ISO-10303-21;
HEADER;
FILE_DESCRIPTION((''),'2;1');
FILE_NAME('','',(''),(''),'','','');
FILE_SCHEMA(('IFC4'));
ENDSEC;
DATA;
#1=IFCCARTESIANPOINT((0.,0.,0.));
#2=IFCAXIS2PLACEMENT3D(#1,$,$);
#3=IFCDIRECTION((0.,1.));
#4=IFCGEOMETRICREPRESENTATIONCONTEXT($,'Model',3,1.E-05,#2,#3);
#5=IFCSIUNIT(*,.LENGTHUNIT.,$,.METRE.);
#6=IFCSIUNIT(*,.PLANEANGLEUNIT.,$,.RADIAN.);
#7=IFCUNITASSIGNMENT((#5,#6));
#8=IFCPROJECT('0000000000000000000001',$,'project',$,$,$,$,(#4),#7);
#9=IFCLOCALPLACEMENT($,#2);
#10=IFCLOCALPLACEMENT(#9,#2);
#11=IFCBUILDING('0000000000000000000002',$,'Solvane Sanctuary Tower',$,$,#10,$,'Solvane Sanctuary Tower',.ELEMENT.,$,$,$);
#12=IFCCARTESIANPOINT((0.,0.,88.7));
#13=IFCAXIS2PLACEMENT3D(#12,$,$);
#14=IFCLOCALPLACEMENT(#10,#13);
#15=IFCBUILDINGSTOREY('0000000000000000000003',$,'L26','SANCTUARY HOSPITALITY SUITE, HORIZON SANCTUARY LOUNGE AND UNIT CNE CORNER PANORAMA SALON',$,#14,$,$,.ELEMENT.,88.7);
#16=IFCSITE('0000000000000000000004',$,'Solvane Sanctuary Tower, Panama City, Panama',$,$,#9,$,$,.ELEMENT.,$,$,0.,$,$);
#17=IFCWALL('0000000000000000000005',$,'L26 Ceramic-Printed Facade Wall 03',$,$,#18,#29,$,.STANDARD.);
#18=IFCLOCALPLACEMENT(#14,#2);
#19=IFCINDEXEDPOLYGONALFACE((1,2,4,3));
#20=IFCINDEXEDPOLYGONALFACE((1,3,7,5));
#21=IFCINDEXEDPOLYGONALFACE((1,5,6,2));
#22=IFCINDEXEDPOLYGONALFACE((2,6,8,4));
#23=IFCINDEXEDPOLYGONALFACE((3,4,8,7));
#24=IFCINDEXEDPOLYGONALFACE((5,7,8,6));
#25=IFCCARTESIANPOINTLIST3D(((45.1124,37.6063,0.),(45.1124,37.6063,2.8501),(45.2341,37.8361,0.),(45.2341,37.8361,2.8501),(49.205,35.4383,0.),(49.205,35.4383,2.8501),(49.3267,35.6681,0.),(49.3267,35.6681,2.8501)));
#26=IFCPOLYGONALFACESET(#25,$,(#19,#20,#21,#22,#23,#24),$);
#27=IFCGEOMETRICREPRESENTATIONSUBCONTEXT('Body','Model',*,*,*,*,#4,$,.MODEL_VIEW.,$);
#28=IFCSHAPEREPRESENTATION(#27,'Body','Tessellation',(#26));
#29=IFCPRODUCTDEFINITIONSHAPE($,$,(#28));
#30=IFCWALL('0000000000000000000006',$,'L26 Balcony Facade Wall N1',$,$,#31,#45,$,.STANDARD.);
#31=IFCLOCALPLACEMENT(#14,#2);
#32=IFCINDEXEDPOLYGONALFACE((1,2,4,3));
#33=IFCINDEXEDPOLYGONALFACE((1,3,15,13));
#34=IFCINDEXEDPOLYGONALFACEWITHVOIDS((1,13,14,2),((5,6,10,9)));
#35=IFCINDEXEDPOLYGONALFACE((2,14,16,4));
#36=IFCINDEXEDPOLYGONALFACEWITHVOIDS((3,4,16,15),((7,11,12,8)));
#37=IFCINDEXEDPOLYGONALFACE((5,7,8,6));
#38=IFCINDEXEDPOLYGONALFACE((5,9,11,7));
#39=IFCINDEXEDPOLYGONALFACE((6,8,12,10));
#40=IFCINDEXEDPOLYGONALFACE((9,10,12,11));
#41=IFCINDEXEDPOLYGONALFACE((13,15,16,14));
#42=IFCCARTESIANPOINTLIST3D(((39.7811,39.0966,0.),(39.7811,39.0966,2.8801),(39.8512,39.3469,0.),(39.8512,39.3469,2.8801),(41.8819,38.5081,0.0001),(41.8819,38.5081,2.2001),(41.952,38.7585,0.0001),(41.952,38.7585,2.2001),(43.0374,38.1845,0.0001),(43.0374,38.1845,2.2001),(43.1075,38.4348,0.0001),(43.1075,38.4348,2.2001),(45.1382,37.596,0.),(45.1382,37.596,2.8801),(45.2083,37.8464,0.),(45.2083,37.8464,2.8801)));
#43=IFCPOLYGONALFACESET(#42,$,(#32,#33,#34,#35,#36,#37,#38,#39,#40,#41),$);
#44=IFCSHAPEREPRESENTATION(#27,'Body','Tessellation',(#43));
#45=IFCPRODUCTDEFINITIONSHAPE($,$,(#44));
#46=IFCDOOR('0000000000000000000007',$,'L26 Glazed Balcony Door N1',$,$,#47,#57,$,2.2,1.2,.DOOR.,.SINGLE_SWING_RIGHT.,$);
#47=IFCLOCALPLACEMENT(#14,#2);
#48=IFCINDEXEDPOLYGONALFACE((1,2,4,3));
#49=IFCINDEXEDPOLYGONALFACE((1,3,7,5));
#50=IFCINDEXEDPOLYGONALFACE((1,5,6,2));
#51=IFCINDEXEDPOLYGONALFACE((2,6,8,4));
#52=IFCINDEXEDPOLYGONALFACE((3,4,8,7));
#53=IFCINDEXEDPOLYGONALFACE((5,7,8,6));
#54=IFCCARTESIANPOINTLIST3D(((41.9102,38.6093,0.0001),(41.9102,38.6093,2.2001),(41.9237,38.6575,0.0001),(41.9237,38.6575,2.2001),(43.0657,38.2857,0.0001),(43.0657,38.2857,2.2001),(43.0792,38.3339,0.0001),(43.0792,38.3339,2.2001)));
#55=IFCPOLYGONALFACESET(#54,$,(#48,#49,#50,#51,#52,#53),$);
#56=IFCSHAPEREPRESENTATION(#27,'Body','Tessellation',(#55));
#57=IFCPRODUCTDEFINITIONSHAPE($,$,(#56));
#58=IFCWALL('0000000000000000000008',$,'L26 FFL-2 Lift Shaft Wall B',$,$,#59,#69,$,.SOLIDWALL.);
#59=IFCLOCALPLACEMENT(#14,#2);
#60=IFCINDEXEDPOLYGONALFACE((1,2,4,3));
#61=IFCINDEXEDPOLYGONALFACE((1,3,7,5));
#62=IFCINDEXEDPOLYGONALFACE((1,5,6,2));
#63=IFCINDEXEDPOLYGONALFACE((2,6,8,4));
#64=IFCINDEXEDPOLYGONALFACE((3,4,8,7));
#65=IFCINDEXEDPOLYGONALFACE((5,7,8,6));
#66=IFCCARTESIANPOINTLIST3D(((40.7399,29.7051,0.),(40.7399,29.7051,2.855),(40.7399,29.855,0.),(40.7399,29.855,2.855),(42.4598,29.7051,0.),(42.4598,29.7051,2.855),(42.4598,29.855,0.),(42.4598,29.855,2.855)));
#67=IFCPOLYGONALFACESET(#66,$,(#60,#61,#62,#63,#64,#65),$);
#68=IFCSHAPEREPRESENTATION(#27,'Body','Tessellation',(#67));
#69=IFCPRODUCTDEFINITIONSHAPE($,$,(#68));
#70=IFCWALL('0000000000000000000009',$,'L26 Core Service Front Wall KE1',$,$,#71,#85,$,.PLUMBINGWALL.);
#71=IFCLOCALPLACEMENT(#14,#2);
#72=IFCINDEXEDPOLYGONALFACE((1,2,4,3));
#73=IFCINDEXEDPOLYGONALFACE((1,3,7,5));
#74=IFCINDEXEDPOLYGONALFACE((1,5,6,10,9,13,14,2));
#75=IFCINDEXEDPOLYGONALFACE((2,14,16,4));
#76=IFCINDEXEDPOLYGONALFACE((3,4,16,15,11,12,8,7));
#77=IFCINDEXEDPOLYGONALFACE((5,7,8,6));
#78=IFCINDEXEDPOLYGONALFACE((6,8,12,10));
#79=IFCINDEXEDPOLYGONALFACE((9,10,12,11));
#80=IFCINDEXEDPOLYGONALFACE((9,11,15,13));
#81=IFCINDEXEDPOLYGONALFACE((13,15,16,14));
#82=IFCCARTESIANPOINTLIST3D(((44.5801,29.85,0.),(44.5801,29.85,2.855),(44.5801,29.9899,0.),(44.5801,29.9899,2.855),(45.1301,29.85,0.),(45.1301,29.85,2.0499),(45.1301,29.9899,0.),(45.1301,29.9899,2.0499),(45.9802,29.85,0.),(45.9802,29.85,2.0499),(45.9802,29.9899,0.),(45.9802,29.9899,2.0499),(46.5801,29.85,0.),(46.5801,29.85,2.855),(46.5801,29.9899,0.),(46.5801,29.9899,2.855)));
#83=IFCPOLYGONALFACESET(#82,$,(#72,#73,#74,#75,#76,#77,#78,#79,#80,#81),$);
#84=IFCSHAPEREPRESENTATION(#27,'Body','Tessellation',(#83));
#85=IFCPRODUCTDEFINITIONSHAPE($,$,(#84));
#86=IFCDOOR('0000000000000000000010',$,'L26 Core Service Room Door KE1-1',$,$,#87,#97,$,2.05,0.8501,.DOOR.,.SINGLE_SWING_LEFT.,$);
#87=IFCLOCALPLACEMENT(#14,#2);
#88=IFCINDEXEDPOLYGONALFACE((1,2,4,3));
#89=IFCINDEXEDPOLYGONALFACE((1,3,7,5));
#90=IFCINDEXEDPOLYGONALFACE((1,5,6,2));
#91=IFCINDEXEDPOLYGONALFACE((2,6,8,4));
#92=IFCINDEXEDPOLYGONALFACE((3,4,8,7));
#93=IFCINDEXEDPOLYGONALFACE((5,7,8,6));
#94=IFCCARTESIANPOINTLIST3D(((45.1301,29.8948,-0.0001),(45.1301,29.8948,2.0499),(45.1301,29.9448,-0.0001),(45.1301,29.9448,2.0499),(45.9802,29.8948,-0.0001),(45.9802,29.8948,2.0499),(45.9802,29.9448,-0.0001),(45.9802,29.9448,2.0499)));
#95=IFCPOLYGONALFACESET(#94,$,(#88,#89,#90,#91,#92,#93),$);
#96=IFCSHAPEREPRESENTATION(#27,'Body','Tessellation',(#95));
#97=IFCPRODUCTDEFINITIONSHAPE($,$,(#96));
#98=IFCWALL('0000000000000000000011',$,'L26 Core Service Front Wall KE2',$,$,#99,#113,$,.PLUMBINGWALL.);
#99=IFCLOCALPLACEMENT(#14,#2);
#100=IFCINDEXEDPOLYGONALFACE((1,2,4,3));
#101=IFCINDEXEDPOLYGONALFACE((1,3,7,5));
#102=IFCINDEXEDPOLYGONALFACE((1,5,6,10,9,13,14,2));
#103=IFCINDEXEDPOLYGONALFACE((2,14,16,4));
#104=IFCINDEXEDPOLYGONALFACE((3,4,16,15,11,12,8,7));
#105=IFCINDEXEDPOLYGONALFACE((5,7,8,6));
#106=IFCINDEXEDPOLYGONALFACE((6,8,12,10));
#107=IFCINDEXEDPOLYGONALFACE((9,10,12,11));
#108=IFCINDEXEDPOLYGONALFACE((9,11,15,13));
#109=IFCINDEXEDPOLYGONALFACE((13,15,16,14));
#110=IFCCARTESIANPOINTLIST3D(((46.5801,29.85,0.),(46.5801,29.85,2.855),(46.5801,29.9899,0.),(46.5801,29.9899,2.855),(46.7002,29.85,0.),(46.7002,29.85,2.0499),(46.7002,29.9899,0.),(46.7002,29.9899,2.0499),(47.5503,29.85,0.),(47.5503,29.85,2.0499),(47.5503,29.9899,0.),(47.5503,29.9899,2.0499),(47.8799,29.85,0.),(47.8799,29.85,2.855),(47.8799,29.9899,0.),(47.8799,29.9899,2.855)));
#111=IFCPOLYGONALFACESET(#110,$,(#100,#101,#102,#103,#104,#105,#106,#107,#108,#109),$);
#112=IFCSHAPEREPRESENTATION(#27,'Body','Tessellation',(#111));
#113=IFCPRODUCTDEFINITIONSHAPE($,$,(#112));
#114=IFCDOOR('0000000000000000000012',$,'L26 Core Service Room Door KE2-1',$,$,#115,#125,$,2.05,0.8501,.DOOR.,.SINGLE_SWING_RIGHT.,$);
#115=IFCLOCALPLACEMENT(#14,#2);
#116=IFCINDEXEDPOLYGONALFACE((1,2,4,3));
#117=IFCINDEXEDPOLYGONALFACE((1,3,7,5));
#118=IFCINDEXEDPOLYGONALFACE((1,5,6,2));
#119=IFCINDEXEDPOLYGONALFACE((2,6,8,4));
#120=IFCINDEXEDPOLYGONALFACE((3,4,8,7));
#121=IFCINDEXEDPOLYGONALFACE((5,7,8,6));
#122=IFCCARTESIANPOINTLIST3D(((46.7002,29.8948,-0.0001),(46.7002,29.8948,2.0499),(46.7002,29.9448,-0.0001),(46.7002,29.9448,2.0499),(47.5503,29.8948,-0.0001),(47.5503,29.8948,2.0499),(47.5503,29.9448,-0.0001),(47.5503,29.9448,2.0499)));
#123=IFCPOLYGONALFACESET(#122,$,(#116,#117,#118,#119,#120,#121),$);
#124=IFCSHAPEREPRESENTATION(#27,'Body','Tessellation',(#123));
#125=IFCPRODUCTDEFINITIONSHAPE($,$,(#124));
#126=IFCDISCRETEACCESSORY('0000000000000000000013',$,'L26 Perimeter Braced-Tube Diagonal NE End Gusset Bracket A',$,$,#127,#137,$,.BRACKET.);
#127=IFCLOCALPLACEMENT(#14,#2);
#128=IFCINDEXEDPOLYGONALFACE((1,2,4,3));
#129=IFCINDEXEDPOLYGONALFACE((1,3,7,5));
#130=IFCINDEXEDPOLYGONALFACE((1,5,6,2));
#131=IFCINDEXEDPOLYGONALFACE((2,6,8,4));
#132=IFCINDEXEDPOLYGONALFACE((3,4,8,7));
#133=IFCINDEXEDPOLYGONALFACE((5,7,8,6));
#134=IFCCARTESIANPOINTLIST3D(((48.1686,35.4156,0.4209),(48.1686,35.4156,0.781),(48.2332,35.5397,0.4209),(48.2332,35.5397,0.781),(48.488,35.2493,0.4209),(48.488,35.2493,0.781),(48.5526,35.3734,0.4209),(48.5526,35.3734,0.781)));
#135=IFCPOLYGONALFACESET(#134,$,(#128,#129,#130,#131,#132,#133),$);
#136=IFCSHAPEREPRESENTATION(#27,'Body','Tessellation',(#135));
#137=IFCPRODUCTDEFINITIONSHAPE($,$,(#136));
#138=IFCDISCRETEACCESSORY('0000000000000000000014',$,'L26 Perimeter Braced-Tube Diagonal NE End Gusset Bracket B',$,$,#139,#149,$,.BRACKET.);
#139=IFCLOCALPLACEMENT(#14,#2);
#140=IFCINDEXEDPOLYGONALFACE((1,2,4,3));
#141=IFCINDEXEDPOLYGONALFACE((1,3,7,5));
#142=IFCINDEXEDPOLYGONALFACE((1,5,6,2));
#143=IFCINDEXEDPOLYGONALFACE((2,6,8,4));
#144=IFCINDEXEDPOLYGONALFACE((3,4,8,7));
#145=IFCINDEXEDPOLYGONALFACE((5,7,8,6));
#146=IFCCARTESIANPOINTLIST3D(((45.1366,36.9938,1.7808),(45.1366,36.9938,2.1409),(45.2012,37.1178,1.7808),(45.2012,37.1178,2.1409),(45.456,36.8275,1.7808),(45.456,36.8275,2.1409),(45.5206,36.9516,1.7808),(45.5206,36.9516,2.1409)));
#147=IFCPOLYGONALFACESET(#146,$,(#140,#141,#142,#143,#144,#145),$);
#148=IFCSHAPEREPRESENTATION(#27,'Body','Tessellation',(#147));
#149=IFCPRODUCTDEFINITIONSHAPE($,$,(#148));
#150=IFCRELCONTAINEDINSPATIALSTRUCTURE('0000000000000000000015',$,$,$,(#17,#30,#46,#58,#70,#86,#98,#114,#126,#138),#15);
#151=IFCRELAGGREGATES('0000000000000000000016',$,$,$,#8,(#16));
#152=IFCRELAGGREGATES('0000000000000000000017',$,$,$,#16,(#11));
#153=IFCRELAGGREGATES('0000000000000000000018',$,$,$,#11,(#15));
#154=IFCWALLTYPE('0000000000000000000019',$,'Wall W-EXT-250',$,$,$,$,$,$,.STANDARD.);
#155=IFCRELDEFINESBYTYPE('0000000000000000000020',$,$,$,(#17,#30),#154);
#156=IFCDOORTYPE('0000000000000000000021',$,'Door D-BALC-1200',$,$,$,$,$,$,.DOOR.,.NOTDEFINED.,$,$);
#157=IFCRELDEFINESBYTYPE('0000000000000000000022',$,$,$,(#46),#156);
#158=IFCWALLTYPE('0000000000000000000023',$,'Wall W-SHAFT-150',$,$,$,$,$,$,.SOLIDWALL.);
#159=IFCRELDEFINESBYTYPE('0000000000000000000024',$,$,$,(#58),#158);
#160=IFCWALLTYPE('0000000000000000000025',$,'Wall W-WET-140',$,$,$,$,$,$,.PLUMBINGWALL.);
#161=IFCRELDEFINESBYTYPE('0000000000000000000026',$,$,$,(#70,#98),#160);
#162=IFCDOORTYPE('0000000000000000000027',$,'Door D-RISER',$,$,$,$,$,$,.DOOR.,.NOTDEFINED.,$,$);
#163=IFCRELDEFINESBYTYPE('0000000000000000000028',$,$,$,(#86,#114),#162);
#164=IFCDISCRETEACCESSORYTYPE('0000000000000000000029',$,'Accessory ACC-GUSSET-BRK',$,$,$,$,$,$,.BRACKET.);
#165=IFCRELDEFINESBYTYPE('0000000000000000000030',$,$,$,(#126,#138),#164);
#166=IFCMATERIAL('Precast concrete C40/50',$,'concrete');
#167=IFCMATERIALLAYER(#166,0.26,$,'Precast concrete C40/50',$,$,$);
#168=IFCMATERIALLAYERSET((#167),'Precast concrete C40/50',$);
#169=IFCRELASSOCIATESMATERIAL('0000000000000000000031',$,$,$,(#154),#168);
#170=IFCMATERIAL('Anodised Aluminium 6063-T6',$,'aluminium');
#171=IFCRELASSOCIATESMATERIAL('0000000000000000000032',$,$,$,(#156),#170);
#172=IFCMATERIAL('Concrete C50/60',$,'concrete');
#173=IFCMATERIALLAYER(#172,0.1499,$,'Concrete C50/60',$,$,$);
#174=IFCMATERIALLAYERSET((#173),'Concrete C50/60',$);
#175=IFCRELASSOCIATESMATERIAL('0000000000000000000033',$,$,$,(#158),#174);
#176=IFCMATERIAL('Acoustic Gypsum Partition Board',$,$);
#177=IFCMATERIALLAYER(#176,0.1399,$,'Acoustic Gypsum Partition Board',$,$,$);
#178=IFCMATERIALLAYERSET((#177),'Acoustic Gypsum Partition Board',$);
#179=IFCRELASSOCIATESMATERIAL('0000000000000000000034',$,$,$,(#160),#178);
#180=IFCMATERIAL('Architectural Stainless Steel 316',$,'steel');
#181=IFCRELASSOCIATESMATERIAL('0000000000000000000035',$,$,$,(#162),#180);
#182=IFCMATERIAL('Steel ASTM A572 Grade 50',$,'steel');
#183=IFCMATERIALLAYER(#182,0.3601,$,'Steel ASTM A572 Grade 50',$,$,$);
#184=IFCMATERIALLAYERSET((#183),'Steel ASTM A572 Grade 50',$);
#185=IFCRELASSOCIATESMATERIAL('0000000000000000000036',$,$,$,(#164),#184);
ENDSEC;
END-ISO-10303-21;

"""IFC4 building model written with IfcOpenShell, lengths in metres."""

from ifc_helpers import new_model, si_unit, direction, frame, frame_2d, origin, origin_2d, place, context, subcontext, project, spatial, rectangle, extrude, material, layer, layer_set, type_object, element, fill, save


model = new_model("IFC4")

# Units and contexts
model_context = context("Model", 3, precision=1e-05, world=origin(), true_north=direction((0.0, 1.0)))
body_context = subcontext(model_context, "Body", "Model", "MODEL_VIEW")
ifc_project = project(units=[si_unit("LENGTHUNIT", "METRE"), si_unit("PLANEANGLEUNIT", "RADIAN")], contexts=[model_context])

# Site, building, storey
site_placement = place(None, origin())
site = spatial("IfcSite", under=ifc_project, at=site_placement, Name="Solvane Sanctuary Tower, Panama City, Panama", CompositionType="ELEMENT", RefElevation=0.0)
building_placement = place(site_placement, origin())
building = spatial("IfcBuilding", under=site, at=building_placement, Name="Solvane Sanctuary Tower", LongName="Solvane Sanctuary Tower", CompositionType="ELEMENT")
storey_placement = place(building_placement, frame((0.0, 0.0, 88.7)))
storey = spatial("IfcBuildingStorey", under=building, at=storey_placement, Name="L26", Description="SANCTUARY HOSPITALITY SUITE, HORIZON SANCTUARY LOUNGE AND UNIT CNE CORNER PANORAMA SALON", CompositionType="ELEMENT", Elevation=88.7)

# Shared definitions
ifc_material_1 = material(Name="Anodised Aluminium 6063-T6", Category="aluminium")

# Shared definitions
ifc_material_2 = material(Name="Acoustic Gypsum Partition Board")

# Shared definitions
ifc_material_3 = material(Name="Precast concrete C40/50", Category="concrete")
ifc_layer_1 = layer(ifc_material_3, 0.26, Name="Precast concrete C40/50")
ifc_layer_set_1 = layer_set([ifc_layer_1], Name="Precast concrete C40/50")
wall_type_1 = type_object("IfcWallType", Name="Wall W-EXT-250", PredefinedType="STANDARD", material=ifc_layer_set_1)

# Wall
wall_1_placement = place(storey_placement, frame((49.2659, 35.5532, 0.0), z_axis=(0.0, 0.0, 1.0), x_axis=(-0.883669, 0.468113, 0.0)))
element("IfcWall", 1, at=wall_1_placement, inside=storey, type_object=wall_type_1, Name="L26 Ceramic-Printed Facade Wall 03", PredefinedType="STANDARD", context=body_context, shape_type="SweptSolid", body=[
    extrude(rectangle(XDim=4.6313, YDim=0.26, at=frame_2d((2.3157, 0.0))), origin(), (0.0, 0.0, 1.0), 2.8501),
])

# Wall, opening, door
wall_2_placement = place(storey_placement, frame((45.1733, 37.7212, 0.0), z_axis=(0.0, 0.0, 1.0), x_axis=(-0.962938, 0.269721, 0.0)))
wall_2 = element("IfcWall", 2, at=wall_2_placement, inside=storey, type_object=wall_type_1, Name="L26 Balcony Facade Wall N1", PredefinedType="STANDARD", context=body_context, shape_type="SweptSolid", body=[
    extrude(rectangle(XDim=5.5632, YDim=0.26, at=frame_2d((2.7817, 0.0))), origin(), (0.0, 0.0, 1.0), 2.8801),
])
opening_1_placement = place(wall_2_placement, frame((2.1816, 0.0, 0.0)))
opening_1 = element("IfcOpeningElement", 3, at=opening_1_placement, cuts=wall_2, PredefinedType="OPENING", context=body_context, shape_type="SweptSolid", body=[
    extrude(rectangle(XDim=1.2, YDim=2.2, at=frame_2d((0.6001, 1.1001))), frame((0.0, 0.1399, 0.0), z_axis=(0.0, -1.0, 0.0), x_axis=(1.0, 0.0, 0.0)), (0.0, 0.0, 1.0), 0.28),
])
door_type_1 = type_object("IfcDoorType", Name="Door D-BALC-1200", OperationType="NOTDEFINED", PredefinedType="DOOR", material=ifc_material_1)
door_1_placement = place(opening_1_placement, origin())
door_1 = element("IfcDoor", 4, at=door_1_placement, inside=storey, type_object=door_type_1, Name="L26 Glazed Balcony Door N1", OperationType="SINGLE_SWING_RIGHT", OverallHeight=2.2, OverallWidth=1.2, PredefinedType="DOOR", context=body_context, shape_type="SweptSolid", body=[
    extrude(rectangle(XDim=1.2, YDim=2.2, at=frame_2d((0.6001, 1.1001))), frame((0.0, 0.0249, 0.0), z_axis=(0.0, -1.0, 0.0), x_axis=(1.0, 0.0, 0.0)), (0.0, 0.0, 1.0), 0.05),
])
fill(opening_1, door_1)

# Wall
ifc_material_4 = material(Name="Concrete C50/60", Category="concrete")
ifc_layer_2 = layer(ifc_material_4, 0.1499, Name="Concrete C50/60")
ifc_layer_set_2 = layer_set([ifc_layer_2], Name="Concrete C50/60")
wall_type_2 = type_object("IfcWallType", Name="Wall W-SHAFT-150", PredefinedType="SOLIDWALL", material=ifc_layer_set_2)
wall_3_placement = place(storey_placement, frame((40.74, 29.78, 0.0), z_axis=(0.0, 0.0, 1.0), x_axis=(1.0, 0.0, 0.0)))
element("IfcWall", 5, at=wall_3_placement, inside=storey, type_object=wall_type_2, Name="L26 FFL-2 Lift Shaft Wall B", PredefinedType="SOLIDWALL", context=body_context, shape_type="SweptSolid", body=[
    extrude(rectangle(XDim=1.72, YDim=0.1499, at=frame_2d((0.8599, 0.0))), origin(), (0.0, 0.0, 1.0), 2.855),
])

# Walls, openings, doors
ifc_layer_3 = layer(ifc_material_2, 0.1399, Name="Acoustic Gypsum Partition Board")
ifc_layer_set_3 = layer_set([ifc_layer_3], Name="Acoustic Gypsum Partition Board")
wall_type_3 = type_object("IfcWallType", Name="Wall W-WET-140", PredefinedType="PLUMBINGWALL", material=ifc_layer_set_3)
wall_4_placement = place(storey_placement, frame((44.5801, 29.9199, 0.0), z_axis=(0.0, 0.0, 1.0), x_axis=(1.0, 0.0, 0.0)))
wall_4 = element("IfcWall", 6, at=wall_4_placement, inside=storey, type_object=wall_type_3, Name="L26 Core Service Front Wall KE1", PredefinedType="PLUMBINGWALL", context=body_context, shape_type="SweptSolid", body=[
    extrude(rectangle(XDim=2.0, YDim=0.1399, at=frame_2d((1.0, 0.0))), origin(), (0.0, 0.0, 1.0), 2.855),
])
opening_2_placement = place(wall_4_placement, frame((0.55, 0.0, 0.0)))
opening_2 = element("IfcOpeningElement", 7, at=opening_2_placement, cuts=wall_4, PredefinedType="OPENING", context=body_context, shape_type="SweptSolid", body=[
    extrude(rectangle(XDim=0.8501, YDim=2.05, at=frame_2d((0.425, 1.0249))), frame((0.0, 0.0798, 0.0), z_axis=(0.0, -1.0, 0.0), x_axis=(1.0, 0.0, 0.0)), (0.0, 0.0, 1.0), 0.1599),
])
ifc_material_5 = material(Name="Architectural Stainless Steel 316", Category="steel")
door_type_2 = type_object("IfcDoorType", Name="Door D-RISER", OperationType="NOTDEFINED", PredefinedType="DOOR", material=ifc_material_5)
door_2_placement = place(opening_2_placement, origin())
door_2 = element("IfcDoor", 8, at=door_2_placement, inside=storey, type_object=door_type_2, Name="L26 Core Service Room Door KE1-1", OperationType="SINGLE_SWING_LEFT", OverallHeight=2.05, OverallWidth=0.8501, PredefinedType="DOOR", context=body_context, shape_type="SweptSolid", body=[
    extrude(rectangle(XDim=0.8501, YDim=2.05, at=frame_2d((0.425, 1.0249))), frame((0.0, 0.0249, 0.0), z_axis=(0.0, -1.0, 0.0), x_axis=(1.0, 0.0, 0.0)), (0.0, 0.0, 1.0), 0.05),
])
fill(opening_2, door_2)
wall_5_placement = place(storey_placement, frame((46.5801, 29.9199, 0.0), z_axis=(0.0, 0.0, 1.0), x_axis=(1.0, 0.0, 0.0)))
wall_5 = element("IfcWall", 9, at=wall_5_placement, inside=storey, type_object=wall_type_3, Name="L26 Core Service Front Wall KE2", PredefinedType="PLUMBINGWALL", context=body_context, shape_type="SweptSolid", body=[
    extrude(rectangle(XDim=1.2998, YDim=0.1399, at=frame_2d((0.6499, 0.0))), origin(), (0.0, 0.0, 1.0), 2.855),
])
opening_3_placement = place(wall_5_placement, frame((0.1201, 0.0, 0.0)))
opening_3 = element("IfcOpeningElement", 10, at=opening_3_placement, cuts=wall_5, PredefinedType="OPENING", context=body_context, shape_type="SweptSolid", body=[
    extrude(rectangle(XDim=0.8501, YDim=2.05, at=frame_2d((0.425, 1.0249))), frame((0.0, 0.0798, 0.0), z_axis=(0.0, -1.0, 0.0), x_axis=(1.0, 0.0, 0.0)), (0.0, 0.0, 1.0), 0.1599),
])
door_3_placement = place(opening_3_placement, origin())
door_3 = element("IfcDoor", 11, at=door_3_placement, inside=storey, type_object=door_type_2, Name="L26 Core Service Room Door KE2-1", OperationType="SINGLE_SWING_RIGHT", OverallHeight=2.05, OverallWidth=0.8501, PredefinedType="DOOR", context=body_context, shape_type="SweptSolid", body=[
    extrude(rectangle(XDim=0.8501, YDim=2.05, at=frame_2d((0.425, 1.0249))), frame((0.0, 0.0249, 0.0), z_axis=(0.0, -1.0, 0.0), x_axis=(1.0, 0.0, 0.0)), (0.0, 0.0, 1.0), 0.05),
])
fill(opening_3, door_3)

# Discrete accessories
ifc_material_6 = material(Name="Steel ASTM A572 Grade 50", Category="steel")
ifc_layer_4 = layer(ifc_material_6, 0.3601, Name="Steel ASTM A572 Grade 50")
ifc_layer_set_4 = layer_set([ifc_layer_4], Name="Steel ASTM A572 Grade 50")
discrete_accessory_type = type_object("IfcDiscreteAccessoryType", Name="Accessory ACC-GUSSET-BRK", PredefinedType="BRACKET", material=ifc_layer_set_4)
for number, where, z_axis, x_axis, name in (
    (12, (48.3606, 35.3945, 0.4209), (0.0, 0.0, 1.0), (-0.887011, 0.461749, 0.0), "L26 Perimeter Braced-Tube Diagonal NE End Gusset Bracket A"),
    (13, (45.3286, 36.9727, 1.7808), (0.0, 0.0, 1.0), (-0.887011, 0.461749, 0.0), "L26 Perimeter Braced-Tube Diagonal NE End Gusset Bracket B"),
):
    element("IfcDiscreteAccessory", number, at=place(storey_placement, frame(where, z_axis=z_axis, x_axis=x_axis)), inside=storey, type_object=discrete_accessory_type, Name=name, PredefinedType="BRACKET", context=body_context, shape_type="SweptSolid", body=[
        extrude(rectangle(XDim=0.3601, YDim=0.1399, at=origin_2d()), origin(), (0.0, 0.0, 1.0), 0.3601),
    ])

save(model, "model.ifc")
